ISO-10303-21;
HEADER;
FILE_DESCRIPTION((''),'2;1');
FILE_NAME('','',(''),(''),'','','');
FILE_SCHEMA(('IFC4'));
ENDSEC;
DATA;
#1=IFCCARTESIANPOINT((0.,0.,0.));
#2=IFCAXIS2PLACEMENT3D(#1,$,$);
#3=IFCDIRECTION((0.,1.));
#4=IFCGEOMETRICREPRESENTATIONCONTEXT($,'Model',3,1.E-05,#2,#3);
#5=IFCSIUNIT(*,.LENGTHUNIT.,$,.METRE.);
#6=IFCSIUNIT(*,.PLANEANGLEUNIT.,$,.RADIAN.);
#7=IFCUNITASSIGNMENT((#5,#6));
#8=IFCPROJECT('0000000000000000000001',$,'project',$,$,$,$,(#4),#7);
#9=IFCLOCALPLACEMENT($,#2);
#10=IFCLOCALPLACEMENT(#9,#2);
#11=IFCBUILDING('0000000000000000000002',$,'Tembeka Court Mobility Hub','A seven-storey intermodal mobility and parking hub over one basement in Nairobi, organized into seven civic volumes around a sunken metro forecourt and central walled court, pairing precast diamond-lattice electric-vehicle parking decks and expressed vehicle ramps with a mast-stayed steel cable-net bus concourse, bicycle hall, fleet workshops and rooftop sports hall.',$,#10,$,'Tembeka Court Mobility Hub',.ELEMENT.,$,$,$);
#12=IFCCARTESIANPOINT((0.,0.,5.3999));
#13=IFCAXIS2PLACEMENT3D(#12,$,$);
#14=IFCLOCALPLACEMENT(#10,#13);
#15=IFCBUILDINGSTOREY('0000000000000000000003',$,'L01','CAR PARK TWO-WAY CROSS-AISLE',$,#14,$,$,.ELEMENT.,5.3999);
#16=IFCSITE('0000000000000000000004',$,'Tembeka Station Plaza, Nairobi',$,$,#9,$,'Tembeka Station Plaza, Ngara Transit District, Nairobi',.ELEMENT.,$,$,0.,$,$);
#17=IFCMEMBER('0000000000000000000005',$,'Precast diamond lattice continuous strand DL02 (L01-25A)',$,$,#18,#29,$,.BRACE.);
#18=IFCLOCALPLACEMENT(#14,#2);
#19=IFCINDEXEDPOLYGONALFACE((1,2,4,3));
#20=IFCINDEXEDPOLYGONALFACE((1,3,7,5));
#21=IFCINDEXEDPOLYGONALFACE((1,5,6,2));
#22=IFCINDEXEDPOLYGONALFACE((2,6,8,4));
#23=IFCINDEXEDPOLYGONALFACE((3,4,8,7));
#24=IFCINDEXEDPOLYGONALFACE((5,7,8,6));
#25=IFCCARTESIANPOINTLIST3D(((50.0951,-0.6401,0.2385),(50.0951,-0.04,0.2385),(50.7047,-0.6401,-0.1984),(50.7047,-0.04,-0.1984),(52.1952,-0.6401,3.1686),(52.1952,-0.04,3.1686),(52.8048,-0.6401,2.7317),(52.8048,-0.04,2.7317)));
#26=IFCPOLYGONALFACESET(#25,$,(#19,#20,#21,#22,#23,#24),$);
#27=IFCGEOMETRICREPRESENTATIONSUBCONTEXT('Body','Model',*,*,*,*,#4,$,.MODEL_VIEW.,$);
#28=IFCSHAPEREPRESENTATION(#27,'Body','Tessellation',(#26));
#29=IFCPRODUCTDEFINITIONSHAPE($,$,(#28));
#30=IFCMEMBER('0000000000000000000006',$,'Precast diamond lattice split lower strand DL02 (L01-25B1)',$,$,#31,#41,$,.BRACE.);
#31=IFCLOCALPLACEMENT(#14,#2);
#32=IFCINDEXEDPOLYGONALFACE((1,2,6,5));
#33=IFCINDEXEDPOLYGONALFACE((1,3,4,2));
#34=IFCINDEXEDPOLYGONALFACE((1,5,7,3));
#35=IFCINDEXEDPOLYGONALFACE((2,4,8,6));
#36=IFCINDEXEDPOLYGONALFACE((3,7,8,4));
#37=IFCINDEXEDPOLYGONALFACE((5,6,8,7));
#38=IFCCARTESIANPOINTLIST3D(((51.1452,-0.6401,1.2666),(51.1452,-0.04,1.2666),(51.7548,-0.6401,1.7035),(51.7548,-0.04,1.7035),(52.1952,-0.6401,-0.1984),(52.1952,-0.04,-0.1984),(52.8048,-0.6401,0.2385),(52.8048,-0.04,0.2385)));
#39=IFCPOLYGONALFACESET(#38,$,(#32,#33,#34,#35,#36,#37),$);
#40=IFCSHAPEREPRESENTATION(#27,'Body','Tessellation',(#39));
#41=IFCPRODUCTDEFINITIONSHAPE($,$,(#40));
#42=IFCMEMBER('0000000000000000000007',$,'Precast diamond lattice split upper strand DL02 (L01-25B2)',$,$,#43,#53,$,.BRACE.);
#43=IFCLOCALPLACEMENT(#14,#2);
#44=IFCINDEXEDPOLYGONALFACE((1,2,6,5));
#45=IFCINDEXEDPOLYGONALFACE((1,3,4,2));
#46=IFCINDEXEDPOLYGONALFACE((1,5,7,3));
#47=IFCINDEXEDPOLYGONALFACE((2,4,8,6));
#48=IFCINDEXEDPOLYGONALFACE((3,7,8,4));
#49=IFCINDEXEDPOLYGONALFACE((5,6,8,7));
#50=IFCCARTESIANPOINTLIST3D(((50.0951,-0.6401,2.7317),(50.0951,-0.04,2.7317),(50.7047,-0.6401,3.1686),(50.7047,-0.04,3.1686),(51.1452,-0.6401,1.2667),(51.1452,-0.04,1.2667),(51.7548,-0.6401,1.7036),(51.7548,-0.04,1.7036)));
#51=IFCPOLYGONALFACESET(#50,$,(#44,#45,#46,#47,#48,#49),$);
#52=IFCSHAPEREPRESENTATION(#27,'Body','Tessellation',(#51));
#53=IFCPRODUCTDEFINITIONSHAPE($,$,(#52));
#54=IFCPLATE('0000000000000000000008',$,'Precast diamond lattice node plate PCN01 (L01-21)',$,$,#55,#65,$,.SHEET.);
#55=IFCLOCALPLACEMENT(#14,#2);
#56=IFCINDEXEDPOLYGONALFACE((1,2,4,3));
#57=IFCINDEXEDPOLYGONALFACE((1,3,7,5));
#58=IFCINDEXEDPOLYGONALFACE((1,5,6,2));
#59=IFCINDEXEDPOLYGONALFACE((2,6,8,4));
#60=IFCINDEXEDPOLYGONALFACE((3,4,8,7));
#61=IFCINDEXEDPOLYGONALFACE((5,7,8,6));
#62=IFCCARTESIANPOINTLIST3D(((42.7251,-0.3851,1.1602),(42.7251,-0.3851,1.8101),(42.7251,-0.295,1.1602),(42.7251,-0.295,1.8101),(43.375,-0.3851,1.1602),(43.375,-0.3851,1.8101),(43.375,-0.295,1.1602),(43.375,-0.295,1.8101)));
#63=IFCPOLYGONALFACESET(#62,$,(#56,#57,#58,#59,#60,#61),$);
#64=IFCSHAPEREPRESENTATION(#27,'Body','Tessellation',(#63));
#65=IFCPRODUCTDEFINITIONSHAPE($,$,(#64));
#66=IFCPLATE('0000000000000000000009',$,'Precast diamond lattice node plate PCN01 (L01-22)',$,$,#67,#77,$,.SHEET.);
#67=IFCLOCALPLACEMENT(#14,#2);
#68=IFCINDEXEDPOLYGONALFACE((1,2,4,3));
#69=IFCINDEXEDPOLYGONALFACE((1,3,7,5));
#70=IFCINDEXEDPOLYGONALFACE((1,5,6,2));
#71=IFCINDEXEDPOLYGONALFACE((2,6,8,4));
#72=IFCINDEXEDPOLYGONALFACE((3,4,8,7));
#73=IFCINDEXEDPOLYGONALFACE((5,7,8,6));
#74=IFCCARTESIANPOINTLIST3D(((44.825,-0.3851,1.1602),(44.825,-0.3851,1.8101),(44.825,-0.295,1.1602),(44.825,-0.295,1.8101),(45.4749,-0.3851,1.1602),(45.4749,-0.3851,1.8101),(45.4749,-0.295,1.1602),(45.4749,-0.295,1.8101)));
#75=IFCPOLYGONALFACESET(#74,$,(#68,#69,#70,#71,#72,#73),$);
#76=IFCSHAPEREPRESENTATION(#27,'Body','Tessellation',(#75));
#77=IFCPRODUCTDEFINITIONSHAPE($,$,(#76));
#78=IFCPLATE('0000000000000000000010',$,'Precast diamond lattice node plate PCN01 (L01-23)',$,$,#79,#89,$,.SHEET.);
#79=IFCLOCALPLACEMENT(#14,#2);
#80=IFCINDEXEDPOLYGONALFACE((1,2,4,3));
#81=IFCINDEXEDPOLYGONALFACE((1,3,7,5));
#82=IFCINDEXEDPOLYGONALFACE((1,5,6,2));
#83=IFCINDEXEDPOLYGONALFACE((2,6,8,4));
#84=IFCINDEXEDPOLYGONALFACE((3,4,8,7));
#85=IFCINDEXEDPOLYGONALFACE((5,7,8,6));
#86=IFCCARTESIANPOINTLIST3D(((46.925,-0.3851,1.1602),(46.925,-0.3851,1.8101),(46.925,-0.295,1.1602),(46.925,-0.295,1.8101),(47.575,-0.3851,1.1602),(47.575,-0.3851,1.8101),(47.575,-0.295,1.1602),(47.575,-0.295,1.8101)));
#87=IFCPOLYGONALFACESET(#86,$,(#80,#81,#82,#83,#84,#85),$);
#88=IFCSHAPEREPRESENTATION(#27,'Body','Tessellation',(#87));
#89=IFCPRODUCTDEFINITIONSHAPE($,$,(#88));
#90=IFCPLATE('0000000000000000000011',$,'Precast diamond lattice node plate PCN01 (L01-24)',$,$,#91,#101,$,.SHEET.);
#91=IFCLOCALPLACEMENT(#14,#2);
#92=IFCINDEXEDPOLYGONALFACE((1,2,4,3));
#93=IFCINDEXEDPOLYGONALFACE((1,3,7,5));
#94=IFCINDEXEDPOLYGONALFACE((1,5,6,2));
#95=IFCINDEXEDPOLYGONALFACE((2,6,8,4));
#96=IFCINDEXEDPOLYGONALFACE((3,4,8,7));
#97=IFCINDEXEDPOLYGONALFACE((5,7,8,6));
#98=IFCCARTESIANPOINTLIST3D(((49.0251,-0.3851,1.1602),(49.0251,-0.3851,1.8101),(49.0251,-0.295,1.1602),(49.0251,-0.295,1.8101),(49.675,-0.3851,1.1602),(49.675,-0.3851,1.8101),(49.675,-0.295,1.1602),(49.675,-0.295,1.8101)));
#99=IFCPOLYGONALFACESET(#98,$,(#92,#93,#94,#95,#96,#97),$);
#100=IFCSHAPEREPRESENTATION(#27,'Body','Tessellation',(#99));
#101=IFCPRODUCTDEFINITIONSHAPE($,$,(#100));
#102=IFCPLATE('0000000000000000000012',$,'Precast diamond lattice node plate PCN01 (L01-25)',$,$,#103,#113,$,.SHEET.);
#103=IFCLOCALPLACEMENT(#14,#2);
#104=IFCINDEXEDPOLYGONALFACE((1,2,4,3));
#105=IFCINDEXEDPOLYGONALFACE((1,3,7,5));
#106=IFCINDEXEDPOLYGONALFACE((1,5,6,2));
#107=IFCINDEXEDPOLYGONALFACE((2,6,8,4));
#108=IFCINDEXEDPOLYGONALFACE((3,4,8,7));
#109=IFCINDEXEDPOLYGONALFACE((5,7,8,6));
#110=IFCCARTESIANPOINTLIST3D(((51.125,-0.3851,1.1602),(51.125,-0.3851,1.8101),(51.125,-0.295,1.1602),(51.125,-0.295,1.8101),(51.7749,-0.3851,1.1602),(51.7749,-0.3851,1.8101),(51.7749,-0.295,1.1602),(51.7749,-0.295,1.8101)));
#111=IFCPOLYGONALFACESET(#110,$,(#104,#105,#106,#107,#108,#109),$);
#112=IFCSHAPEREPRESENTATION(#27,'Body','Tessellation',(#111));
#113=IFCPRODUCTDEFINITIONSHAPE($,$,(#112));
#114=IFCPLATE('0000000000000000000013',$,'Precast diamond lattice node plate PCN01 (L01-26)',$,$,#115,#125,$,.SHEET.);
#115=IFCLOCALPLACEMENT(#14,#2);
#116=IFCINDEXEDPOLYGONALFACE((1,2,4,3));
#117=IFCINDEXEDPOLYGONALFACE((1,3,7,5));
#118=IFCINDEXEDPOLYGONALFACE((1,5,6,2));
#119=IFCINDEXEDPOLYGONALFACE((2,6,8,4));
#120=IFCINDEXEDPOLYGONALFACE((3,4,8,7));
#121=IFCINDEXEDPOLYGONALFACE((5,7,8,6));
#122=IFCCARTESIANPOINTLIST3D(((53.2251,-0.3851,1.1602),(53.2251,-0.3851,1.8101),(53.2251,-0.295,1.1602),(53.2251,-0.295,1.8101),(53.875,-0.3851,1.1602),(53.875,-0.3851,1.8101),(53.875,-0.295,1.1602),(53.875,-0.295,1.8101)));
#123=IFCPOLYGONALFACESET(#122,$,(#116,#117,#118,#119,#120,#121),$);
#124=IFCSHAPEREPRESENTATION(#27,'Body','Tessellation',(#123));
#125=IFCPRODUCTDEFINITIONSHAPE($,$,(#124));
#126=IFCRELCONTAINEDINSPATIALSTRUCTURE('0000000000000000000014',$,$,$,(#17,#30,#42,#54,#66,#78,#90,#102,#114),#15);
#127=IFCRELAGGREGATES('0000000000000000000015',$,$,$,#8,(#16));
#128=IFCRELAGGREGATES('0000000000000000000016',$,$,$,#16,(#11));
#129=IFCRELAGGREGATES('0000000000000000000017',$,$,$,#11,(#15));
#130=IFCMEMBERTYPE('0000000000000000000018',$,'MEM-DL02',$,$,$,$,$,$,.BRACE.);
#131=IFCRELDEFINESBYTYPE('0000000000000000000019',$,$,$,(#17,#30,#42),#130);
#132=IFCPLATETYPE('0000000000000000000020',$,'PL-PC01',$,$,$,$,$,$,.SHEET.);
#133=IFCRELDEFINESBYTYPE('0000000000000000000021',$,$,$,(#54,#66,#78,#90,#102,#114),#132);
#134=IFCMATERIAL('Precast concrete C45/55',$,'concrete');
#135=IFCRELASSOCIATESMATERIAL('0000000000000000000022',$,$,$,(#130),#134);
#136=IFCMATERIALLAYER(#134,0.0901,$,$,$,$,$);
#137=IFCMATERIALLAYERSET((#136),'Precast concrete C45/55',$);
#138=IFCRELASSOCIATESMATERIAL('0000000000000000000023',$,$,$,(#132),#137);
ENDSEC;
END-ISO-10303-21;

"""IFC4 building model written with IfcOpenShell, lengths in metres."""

from ifc_helpers import new_model, si_unit, direction, frame, origin, origin_2d, place, context, subcontext, project, spatial, rectangle, extrude, material, layer, layer_set, material_profile, profile_set, type_object, element, save


model = new_model("IFC4")

# Units and contexts
model_context = context("Model", 3, precision=1e-05, world=origin(), true_north=direction((0.0, 1.0)))
body_context = subcontext(model_context, "Body", "Model", "MODEL_VIEW")
ifc_project = project(units=[si_unit("LENGTHUNIT", "METRE"), si_unit("PLANEANGLEUNIT", "RADIAN")], contexts=[model_context])

# Site, building, storey
site_placement = place(None, origin())
site = spatial("IfcSite", under=ifc_project, at=site_placement, Name="Tembeka Station Plaza, Nairobi", LongName="Tembeka Station Plaza, Ngara Transit District, Nairobi", CompositionType="ELEMENT", RefElevation=0.0)
building_placement = place(site_placement, origin())
building = spatial("IfcBuilding", under=site, at=building_placement, Name="Tembeka Court Mobility Hub", Description="A seven-storey intermodal mobility and parking hub over one basement in Nairobi, organized into seven civic volumes around a sunken metro forecourt and central walled court, pairing precast diamond-lattice electric-vehicle parking decks and expressed vehicle ramps with a mast-stayed steel cable-net bus concourse, bicycle hall, fleet workshops and rooftop sports hall.", LongName="Tembeka Court Mobility Hub", CompositionType="ELEMENT")
storey_placement = place(building_placement, frame((0.0, 0.0, 5.3999)))
storey = spatial("IfcBuildingStorey", under=building, at=storey_placement, Name="L01", Description="CAR PARK TWO-WAY CROSS-AISLE", CompositionType="ELEMENT", Elevation=5.3999)

# Members
ifc_material = material(Name="Precast concrete C45/55", Category="concrete")
ifc_material_profile_1 = material_profile(ifc_material, rectangle(XDim=0.6001, YDim=0.75, at=origin_2d()), Name="PC-DIAG 600x750")
ifc_profile_set_1 = profile_set([ifc_material_profile_1], Name="Precast concrete C45/55")
member_type_1 = type_object("IfcMemberType", Name="MEM-DL02", PredefinedType="BRACE", material=ifc_profile_set_1)
member_1_placement = place(storey_placement, frame((50.3999, -0.3401, 0.02), z_axis=(0.582544, 0.0, 0.812799), x_axis=(0.0, 1.0, 0.0)))
element("IfcMember", 1, at=member_1_placement, inside=storey, type_object=member_type_1, Name="Precast diamond lattice continuous strand DL02 (L01-25A)", PredefinedType="BRACE", context=body_context, shape_type="SweptSolid", body=[
    extrude(rectangle(XDim=0.6001, YDim=0.75, at=origin_2d()), origin(), (0.0, 0.0, 1.0), 3.605),
])
for number, where, z_axis, x_axis, name in (
    (2, (52.5, -0.3401, 0.02), (-0.582544, 0.0, 0.812799), (0.0, -1.0, 0.0), "Precast diamond lattice split lower strand DL02 (L01-25B1)"),
    (3, (51.45, -0.3401, 1.4851), (-0.582544, 0.0, 0.812799), (0.0, -1.0, 0.0), "Precast diamond lattice split upper strand DL02 (L01-25B2)"),
):
    element("IfcMember", number, at=place(storey_placement, frame(where, z_axis=z_axis, x_axis=x_axis)), inside=storey, type_object=member_type_1, Name=name, PredefinedType="BRACE", context=body_context, shape_type="SweptSolid", body=[
        extrude(rectangle(XDim=0.6001, YDim=0.75, at=origin_2d()), origin(), (0.0, 0.0, 1.0), 1.8025),
    ])

# Plates
ifc_layer = layer(ifc_material, 0.0901)
ifc_layer_set = layer_set([ifc_layer], Name="Precast concrete C45/55")
plate_type = type_object("IfcPlateType", Name="PL-PC01", PredefinedType="SHEET", material=ifc_layer_set)
for number, where, z_axis, x_axis, name in (
    (4, (43.05, -0.3401, 1.1602), (0.0, 0.0, 1.0), (1.0, 0.0, 0.0), "Precast diamond lattice node plate PCN01 (L01-21)"),
    (5, (45.1499, -0.3401, 1.1602), (0.0, 0.0, 1.0), (1.0, 0.0, 0.0), "Precast diamond lattice node plate PCN01 (L01-22)"),
    (6, (47.25, -0.3401, 1.1602), (0.0, 0.0, 1.0), (1.0, 0.0, 0.0), "Precast diamond lattice node plate PCN01 (L01-23)"),
    (7, (49.3501, -0.3401, 1.1602), (0.0, 0.0, 1.0), (1.0, 0.0, 0.0), "Precast diamond lattice node plate PCN01 (L01-24)"),
    (8, (51.45, -0.3401, 1.1602), (0.0, 0.0, 1.0), (1.0, 0.0, 0.0), "Precast diamond lattice node plate PCN01 (L01-25)"),
    (9, (53.55, -0.3401, 1.1602), (0.0, 0.0, 1.0), (1.0, 0.0, 0.0), "Precast diamond lattice node plate PCN01 (L01-26)"),
):
    element("IfcPlate", number, at=place(storey_placement, frame(where, z_axis=z_axis, x_axis=x_axis)), inside=storey, type_object=plate_type, Name=name, PredefinedType="SHEET", context=body_context, shape_type="SweptSolid", body=[
        extrude(rectangle(XDim=0.6499, YDim=0.0901, at=origin_2d()), origin(), (0.0, 0.0, 1.0), 0.6499),
    ])

save(model, "model.ifc")
